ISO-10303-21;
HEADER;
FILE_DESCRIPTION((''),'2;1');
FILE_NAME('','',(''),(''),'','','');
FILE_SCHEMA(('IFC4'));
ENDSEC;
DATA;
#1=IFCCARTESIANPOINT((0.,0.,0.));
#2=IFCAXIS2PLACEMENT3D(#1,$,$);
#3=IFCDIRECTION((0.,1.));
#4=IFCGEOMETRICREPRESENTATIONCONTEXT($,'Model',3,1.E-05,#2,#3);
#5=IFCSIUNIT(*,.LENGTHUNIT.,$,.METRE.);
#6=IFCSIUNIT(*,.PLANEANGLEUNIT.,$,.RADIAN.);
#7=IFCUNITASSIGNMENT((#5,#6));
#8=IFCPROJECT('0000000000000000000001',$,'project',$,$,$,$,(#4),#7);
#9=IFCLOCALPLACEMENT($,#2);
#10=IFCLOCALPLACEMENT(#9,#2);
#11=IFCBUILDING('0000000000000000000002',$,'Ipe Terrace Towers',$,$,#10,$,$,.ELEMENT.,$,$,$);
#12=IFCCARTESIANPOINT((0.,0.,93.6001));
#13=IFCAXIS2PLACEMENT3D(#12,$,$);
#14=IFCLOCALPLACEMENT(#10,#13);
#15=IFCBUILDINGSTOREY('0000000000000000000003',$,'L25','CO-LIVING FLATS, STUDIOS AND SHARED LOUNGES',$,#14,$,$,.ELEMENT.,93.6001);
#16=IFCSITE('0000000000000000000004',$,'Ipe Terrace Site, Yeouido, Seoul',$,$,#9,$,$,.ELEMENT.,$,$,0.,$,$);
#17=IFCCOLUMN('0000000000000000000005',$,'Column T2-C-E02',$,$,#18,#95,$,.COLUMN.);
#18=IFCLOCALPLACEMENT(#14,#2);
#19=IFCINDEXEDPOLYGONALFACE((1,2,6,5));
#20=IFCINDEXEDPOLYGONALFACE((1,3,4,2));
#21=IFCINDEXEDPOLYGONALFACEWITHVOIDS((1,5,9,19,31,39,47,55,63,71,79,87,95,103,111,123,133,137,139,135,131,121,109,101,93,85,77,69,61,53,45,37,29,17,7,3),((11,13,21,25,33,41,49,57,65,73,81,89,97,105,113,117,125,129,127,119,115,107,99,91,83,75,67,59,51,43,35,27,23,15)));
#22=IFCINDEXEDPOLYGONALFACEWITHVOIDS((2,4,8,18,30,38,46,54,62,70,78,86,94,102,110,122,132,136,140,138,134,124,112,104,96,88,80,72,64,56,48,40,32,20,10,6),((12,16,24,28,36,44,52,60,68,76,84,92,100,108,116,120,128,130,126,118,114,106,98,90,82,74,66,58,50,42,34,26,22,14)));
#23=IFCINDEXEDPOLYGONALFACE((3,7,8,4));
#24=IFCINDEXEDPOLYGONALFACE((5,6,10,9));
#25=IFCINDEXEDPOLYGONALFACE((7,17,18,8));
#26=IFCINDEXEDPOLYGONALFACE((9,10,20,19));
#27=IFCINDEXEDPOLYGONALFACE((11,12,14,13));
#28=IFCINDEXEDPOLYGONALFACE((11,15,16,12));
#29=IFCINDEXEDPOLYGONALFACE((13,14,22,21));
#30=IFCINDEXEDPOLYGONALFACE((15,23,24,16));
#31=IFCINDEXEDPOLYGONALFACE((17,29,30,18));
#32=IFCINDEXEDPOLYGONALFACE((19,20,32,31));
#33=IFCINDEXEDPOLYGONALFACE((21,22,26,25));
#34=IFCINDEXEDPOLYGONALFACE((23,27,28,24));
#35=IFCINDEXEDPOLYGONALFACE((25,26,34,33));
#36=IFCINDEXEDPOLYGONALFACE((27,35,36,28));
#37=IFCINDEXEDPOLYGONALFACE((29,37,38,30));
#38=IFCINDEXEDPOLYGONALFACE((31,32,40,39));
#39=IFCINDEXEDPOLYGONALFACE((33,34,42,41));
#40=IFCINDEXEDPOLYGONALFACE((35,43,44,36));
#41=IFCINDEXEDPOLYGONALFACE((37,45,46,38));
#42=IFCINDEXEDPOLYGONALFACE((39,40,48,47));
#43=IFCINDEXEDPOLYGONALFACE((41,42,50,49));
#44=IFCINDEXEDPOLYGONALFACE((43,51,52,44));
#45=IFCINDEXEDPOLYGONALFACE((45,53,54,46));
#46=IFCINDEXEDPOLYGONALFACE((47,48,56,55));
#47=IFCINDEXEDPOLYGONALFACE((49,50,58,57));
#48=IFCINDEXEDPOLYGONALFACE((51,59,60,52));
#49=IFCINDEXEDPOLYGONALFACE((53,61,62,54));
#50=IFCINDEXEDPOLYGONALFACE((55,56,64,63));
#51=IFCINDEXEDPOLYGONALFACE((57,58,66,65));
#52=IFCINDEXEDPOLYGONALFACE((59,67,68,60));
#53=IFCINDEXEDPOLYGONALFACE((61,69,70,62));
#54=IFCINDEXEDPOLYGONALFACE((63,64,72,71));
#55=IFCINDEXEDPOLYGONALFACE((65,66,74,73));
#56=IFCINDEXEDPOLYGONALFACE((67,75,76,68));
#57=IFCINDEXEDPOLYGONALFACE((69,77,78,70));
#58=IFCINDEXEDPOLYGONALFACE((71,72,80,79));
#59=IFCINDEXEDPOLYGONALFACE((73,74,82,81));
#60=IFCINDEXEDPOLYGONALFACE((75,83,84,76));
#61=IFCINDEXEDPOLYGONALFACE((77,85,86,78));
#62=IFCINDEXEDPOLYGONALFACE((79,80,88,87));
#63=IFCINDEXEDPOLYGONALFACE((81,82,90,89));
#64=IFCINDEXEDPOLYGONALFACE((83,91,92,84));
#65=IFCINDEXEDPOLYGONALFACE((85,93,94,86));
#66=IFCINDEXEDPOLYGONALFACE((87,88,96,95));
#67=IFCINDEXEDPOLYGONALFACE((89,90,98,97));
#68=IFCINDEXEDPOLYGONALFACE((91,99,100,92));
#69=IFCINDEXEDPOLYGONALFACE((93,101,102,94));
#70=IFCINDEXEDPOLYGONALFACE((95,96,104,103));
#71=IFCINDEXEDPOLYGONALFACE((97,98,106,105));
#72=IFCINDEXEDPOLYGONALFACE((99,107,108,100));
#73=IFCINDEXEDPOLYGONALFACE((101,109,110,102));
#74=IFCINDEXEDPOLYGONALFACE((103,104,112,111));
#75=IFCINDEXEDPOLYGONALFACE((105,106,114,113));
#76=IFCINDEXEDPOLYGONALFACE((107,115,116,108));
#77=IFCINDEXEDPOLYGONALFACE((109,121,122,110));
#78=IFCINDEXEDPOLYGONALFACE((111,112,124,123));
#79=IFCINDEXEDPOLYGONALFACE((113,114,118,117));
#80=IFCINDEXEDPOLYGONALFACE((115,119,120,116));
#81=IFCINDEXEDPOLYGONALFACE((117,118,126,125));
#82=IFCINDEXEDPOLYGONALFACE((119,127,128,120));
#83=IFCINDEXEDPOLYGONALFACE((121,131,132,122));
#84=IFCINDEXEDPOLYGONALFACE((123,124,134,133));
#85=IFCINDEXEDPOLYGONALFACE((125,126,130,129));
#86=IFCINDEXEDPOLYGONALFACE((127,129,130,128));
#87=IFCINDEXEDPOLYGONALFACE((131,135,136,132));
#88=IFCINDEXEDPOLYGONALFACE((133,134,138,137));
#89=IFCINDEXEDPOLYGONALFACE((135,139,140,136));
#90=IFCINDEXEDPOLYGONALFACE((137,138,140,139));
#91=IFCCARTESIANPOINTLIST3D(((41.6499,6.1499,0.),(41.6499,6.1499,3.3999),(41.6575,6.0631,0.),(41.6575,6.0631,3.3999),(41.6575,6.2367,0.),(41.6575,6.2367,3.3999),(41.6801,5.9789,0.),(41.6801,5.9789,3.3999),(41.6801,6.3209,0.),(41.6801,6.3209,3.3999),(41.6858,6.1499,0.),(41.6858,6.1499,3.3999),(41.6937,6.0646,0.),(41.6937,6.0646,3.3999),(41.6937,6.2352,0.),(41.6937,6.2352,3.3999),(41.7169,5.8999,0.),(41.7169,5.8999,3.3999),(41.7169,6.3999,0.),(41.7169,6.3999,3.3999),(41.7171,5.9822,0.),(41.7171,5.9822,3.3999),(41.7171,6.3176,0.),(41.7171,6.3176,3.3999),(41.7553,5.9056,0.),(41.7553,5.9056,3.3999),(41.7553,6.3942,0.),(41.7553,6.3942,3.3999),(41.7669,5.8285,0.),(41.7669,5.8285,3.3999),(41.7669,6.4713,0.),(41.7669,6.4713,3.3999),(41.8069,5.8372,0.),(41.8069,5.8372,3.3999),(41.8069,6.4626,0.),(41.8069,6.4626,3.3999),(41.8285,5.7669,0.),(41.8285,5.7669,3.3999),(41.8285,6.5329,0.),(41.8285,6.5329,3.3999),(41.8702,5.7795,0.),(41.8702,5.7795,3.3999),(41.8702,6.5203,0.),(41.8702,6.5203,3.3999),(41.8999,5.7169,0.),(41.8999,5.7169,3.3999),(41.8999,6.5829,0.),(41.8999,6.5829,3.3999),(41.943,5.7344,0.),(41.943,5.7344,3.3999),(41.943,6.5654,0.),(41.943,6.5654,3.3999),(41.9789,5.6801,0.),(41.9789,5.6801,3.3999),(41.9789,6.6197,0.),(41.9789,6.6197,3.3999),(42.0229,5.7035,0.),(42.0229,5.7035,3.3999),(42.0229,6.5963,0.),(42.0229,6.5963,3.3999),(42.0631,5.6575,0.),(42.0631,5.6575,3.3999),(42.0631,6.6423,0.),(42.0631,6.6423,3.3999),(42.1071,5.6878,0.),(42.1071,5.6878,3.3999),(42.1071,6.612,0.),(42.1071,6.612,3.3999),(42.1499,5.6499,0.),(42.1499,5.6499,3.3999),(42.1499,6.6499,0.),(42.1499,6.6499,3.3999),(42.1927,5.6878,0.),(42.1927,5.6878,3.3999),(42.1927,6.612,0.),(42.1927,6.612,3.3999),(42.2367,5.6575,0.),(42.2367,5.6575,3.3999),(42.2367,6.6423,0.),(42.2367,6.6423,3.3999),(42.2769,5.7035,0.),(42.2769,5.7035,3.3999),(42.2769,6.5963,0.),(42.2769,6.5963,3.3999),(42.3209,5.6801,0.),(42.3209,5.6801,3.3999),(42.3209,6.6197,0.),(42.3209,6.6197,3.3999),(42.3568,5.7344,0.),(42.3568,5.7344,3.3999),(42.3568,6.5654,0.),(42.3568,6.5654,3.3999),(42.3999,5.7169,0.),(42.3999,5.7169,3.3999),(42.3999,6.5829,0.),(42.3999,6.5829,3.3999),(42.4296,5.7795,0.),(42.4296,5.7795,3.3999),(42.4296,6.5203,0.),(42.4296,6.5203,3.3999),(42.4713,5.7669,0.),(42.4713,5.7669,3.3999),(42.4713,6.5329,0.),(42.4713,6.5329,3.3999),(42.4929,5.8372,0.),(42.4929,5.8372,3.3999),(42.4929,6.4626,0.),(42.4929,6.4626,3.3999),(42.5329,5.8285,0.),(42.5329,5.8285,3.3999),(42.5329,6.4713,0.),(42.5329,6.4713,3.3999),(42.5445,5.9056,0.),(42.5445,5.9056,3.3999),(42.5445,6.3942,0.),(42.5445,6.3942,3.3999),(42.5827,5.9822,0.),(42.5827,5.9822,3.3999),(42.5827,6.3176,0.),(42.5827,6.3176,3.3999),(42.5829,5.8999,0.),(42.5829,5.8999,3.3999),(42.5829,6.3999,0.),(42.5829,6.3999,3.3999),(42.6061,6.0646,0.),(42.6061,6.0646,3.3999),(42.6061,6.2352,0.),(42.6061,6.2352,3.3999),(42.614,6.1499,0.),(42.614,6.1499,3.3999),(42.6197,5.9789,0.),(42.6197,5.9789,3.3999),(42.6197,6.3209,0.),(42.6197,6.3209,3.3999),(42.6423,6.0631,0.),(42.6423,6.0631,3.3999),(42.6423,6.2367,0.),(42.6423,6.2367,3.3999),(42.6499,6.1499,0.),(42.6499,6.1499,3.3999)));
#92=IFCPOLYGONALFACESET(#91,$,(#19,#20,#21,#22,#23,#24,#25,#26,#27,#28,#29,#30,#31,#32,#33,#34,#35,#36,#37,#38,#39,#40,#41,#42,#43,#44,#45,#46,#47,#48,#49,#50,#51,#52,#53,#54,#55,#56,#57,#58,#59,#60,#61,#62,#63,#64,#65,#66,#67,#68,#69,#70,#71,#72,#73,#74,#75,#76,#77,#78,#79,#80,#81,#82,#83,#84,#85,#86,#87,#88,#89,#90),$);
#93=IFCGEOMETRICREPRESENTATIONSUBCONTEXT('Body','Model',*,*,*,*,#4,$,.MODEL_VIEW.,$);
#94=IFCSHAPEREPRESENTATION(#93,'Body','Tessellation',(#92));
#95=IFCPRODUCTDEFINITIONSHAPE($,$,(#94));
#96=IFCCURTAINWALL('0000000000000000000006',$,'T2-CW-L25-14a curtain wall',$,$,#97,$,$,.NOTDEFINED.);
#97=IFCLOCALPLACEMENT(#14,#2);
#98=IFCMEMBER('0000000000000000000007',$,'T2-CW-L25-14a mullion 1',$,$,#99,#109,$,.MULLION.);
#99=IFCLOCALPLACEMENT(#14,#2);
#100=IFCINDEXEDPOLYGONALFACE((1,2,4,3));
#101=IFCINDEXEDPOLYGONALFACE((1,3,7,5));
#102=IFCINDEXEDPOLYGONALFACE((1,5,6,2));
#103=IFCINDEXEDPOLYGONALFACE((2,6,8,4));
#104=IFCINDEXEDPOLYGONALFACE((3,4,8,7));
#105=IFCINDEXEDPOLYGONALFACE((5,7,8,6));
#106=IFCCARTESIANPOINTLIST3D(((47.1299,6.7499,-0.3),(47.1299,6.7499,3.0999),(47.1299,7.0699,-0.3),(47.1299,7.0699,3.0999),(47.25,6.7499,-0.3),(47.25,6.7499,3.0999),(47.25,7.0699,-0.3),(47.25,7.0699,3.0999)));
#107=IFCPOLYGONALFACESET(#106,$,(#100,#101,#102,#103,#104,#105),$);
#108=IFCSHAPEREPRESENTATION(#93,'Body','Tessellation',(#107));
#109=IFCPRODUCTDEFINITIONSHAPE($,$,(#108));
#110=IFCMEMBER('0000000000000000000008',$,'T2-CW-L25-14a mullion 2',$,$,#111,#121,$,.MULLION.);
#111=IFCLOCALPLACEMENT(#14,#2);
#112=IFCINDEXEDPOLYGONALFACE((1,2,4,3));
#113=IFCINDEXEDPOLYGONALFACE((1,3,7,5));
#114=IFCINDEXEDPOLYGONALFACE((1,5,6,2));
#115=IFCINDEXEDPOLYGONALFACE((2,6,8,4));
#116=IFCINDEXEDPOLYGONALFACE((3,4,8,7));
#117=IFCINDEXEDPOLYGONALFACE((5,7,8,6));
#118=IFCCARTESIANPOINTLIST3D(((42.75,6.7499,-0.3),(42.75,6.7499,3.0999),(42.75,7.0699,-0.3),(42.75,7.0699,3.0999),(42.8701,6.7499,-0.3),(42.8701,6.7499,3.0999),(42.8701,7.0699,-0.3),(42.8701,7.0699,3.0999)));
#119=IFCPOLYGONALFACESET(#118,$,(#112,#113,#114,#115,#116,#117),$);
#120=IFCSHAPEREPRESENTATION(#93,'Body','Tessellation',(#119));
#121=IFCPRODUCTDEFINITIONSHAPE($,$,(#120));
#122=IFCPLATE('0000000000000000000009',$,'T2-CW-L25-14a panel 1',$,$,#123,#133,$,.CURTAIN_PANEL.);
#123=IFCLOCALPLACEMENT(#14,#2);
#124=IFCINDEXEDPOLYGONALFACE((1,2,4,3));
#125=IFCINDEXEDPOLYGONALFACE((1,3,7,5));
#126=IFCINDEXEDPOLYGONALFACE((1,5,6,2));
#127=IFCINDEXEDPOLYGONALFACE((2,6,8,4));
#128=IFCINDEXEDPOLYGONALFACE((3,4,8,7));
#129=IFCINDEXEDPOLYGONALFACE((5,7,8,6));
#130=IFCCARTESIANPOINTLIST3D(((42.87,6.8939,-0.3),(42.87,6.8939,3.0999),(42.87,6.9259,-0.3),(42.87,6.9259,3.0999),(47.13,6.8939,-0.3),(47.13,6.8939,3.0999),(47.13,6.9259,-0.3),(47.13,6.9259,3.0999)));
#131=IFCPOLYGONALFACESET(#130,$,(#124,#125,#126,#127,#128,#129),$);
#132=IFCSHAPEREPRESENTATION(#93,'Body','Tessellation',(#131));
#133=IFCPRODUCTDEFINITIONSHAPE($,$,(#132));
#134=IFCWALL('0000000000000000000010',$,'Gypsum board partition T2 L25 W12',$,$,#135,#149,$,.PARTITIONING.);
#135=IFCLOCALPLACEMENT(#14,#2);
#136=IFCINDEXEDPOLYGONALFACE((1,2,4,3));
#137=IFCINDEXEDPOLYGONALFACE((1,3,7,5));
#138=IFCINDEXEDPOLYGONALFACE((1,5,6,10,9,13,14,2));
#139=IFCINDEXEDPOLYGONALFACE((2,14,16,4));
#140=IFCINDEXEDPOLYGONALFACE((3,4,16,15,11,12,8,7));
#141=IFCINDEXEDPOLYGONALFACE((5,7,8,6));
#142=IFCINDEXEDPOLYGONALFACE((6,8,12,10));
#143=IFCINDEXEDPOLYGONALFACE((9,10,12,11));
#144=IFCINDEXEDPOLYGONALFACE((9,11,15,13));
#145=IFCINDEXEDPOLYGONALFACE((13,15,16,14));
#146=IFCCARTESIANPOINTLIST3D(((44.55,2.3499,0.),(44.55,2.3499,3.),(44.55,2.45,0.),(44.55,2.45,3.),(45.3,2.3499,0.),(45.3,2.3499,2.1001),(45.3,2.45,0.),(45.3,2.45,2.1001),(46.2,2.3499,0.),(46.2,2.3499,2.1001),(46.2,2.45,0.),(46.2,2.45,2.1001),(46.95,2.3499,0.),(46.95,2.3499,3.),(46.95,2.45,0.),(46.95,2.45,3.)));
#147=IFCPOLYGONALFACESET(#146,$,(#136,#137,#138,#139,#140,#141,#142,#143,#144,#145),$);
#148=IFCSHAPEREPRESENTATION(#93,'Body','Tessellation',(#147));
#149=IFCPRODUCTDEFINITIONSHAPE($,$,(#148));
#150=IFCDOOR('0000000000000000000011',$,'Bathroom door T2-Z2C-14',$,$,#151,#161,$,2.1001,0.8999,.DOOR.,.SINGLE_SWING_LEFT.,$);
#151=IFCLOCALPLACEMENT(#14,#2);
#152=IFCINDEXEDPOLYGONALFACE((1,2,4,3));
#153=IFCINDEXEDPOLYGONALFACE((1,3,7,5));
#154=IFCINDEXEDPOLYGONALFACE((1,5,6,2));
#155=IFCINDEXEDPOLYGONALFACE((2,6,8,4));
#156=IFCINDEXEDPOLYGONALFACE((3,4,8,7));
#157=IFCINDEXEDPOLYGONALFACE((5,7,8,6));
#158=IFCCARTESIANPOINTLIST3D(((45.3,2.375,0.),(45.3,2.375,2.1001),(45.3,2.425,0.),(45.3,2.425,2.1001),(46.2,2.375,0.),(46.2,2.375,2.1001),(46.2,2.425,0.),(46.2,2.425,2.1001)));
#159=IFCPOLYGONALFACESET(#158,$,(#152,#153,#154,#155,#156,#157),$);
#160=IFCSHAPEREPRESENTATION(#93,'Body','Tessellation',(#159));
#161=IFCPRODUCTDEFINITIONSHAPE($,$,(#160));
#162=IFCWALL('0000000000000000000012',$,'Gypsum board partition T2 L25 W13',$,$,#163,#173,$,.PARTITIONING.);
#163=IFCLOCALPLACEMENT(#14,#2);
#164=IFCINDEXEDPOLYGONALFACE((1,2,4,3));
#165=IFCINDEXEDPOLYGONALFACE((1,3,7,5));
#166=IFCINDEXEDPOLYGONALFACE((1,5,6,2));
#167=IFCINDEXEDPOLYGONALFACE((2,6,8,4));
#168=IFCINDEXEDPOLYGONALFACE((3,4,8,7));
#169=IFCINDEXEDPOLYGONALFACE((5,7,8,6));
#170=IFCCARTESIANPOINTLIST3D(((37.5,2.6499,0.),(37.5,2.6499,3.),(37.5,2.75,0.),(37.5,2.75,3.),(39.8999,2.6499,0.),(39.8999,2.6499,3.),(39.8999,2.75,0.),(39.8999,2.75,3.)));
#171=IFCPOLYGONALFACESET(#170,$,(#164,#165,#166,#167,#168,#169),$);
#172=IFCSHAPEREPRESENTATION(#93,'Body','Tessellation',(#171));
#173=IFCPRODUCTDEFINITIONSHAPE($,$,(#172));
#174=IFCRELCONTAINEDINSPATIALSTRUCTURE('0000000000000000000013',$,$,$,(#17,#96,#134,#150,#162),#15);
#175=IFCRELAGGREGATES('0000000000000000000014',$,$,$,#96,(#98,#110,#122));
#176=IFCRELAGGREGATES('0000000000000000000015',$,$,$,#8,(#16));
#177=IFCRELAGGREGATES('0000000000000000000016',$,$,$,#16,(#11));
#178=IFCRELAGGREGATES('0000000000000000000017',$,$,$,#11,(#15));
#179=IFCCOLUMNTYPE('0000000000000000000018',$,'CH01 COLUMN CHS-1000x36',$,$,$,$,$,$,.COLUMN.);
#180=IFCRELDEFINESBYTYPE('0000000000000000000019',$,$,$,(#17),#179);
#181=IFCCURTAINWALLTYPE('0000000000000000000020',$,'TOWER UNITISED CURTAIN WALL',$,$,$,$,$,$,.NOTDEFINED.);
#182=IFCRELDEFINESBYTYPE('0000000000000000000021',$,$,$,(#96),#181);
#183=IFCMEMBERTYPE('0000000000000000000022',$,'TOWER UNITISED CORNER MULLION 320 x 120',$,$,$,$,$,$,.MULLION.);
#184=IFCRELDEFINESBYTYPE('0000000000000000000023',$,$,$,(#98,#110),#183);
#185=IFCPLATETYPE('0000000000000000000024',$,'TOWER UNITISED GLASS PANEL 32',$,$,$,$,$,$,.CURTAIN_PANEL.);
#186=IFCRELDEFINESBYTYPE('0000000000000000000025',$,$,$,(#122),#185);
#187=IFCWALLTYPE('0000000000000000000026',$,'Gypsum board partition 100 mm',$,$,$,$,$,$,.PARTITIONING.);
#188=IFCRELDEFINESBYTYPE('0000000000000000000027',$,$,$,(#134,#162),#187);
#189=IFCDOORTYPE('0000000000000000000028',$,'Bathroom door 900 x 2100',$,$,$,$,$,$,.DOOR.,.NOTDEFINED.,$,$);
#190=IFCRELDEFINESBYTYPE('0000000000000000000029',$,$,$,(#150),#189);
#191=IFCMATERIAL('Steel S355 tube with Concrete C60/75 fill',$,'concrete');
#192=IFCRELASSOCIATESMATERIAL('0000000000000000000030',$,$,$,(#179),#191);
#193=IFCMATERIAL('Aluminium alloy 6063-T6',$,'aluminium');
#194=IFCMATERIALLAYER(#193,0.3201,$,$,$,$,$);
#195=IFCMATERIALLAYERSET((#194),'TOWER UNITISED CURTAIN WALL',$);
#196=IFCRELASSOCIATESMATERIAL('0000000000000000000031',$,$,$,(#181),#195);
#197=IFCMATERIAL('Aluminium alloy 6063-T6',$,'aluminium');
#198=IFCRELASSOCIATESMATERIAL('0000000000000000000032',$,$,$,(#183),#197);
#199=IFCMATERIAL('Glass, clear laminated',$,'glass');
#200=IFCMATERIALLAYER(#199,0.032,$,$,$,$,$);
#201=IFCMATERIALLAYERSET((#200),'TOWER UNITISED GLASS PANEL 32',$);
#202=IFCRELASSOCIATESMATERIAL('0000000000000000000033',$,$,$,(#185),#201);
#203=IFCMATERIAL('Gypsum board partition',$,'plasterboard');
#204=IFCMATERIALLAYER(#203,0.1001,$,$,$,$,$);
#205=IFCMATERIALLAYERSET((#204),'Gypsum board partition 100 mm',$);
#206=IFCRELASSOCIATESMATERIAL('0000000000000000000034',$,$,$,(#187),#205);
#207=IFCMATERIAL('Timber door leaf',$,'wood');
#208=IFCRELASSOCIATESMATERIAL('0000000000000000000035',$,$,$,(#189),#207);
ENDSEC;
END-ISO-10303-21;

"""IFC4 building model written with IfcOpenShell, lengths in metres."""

from ifc_helpers import new_model, si_unit, direction, frame, frame_2d, origin, origin_2d, place, context, subcontext, project, spatial, rectangle, hollow_circle, extrude, material, layer, layer_set, material_profile, profile_set, type_object, element, fill, aggregate, save


model = new_model("IFC4")

# Units and contexts
model_context = context("Model", 3, precision=1e-05, world=origin(), true_north=direction((0.0, 1.0)))
body_context = subcontext(model_context, "Body", "Model", "MODEL_VIEW")
ifc_project = project(units=[si_unit("LENGTHUNIT", "METRE"), si_unit("PLANEANGLEUNIT", "RADIAN")], contexts=[model_context])

# Site, building, storey
site_placement = place(None, origin())
site = spatial("IfcSite", under=ifc_project, at=site_placement, Name="Ipe Terrace Site, Yeouido, Seoul", CompositionType="ELEMENT", RefElevation=0.0)
building_placement = place(site_placement, origin())
building = spatial("IfcBuilding", under=site, at=building_placement, Name="Ipe Terrace Towers", CompositionType="ELEMENT")
storey_placement = place(building_placement, frame((0.0, 0.0, 93.6001)))
storey = spatial("IfcBuildingStorey", under=building, at=storey_placement, Name="L25", Description="CO-LIVING FLATS, STUDIOS AND SHARED LOUNGES", CompositionType="ELEMENT", Elevation=93.6001)

# Column
ifc_material_1 = material(Name="Steel S355 tube with Concrete C60/75 fill", Category="concrete")
ifc_material_profile_1 = material_profile(ifc_material_1, hollow_circle(Radius=0.5, WallThickness=0.0359, at=origin_2d()), Name="CHS-1000x36")
ifc_profile_set_1 = profile_set([ifc_material_profile_1], Name="Steel S355 tube with Concrete C60/75 fill")
column_type = type_object("IfcColumnType", Name="CH01 COLUMN CHS-1000x36", PredefinedType="COLUMN", material=ifc_profile_set_1)
column_placement = place(storey_placement, frame((42.1499, 6.1499, 0.0), z_axis=(0.0, 0.0, 1.0), x_axis=(1.0, 0.0, 0.0)))
element("IfcColumn", 1, at=column_placement, inside=storey, type_object=column_type, Name="Column T2-C-E02", PredefinedType="COLUMN", context=body_context, shape_type="SweptSolid", body=[
    extrude(hollow_circle(Radius=0.5, WallThickness=0.0359, at=origin_2d()), origin(), (0.0, 0.0, 1.0), 3.3999),
])

# Curtain wall, members, plate
ifc_material_2 = material(Name="Aluminium alloy 6063-T6", Category="aluminium")
ifc_layer_1 = layer(ifc_material_2, 0.3201)
ifc_layer_set_1 = layer_set([ifc_layer_1], Name="TOWER UNITISED CURTAIN WALL")
curtain_wall_type = type_object("IfcCurtainWallType", Name="TOWER UNITISED CURTAIN WALL", PredefinedType="NOTDEFINED", material=ifc_layer_set_1)
curtain_wall_placement = place(storey_placement, origin())
curtain_wall = element("IfcCurtainWall", 2, at=curtain_wall_placement, inside=storey, type_object=curtain_wall_type, Name="T2-CW-L25-14a curtain wall", PredefinedType="NOTDEFINED")
ifc_material_3 = material(Name="Aluminium alloy 6063-T6", Category="aluminium")
ifc_material_profile_2 = material_profile(ifc_material_3, rectangle(XDim=0.3201, YDim=0.1201, at=origin_2d()), Name="TOWER UNITISED CORNER MULLION 320 x 120")
ifc_profile_set_2 = profile_set([ifc_material_profile_2], Name="Aluminium alloy 6063-T6")
member_type = type_object("IfcMemberType", Name="TOWER UNITISED CORNER MULLION 320 x 120", PredefinedType="MULLION", material=ifc_profile_set_2)
member_1_placement = place(storey_placement, frame((47.1899, 6.9099, -0.3), z_axis=(0.0, 0.0, 1.0), x_axis=(0.0, 1.0, 0.0)))
member_1 = element("IfcMember", 3, at=member_1_placement, type_object=member_type, Name="T2-CW-L25-14a mullion 1", PredefinedType="MULLION", context=body_context, shape_type="SweptSolid", body=[
    extrude(rectangle(XDim=0.3201, YDim=0.1201, at=origin_2d()), origin(), (0.0, 0.0, 1.0), 3.3999),
])
member_2_placement = place(storey_placement, frame((42.8101, 6.9099, -0.3), z_axis=(0.0, 0.0, 1.0), x_axis=(0.0, 1.0, 0.0)))
member_2 = element("IfcMember", 4, at=member_2_placement, type_object=member_type, Name="T2-CW-L25-14a mullion 2", PredefinedType="MULLION", context=body_context, shape_type="SweptSolid", body=[
    extrude(rectangle(XDim=0.3201, YDim=0.1201, at=origin_2d()), origin(), (0.0, 0.0, 1.0), 3.3999),
])
ifc_material_4 = material(Name="Glass, clear laminated", Category="glass")
ifc_layer_2 = layer(ifc_material_4, 0.032)
ifc_layer_set_2 = layer_set([ifc_layer_2], Name="TOWER UNITISED GLASS PANEL 32")
plate_type = type_object("IfcPlateType", Name="TOWER UNITISED GLASS PANEL 32", PredefinedType="CURTAIN_PANEL", material=ifc_layer_set_2)
plate_placement = place(storey_placement, frame((45.0, 6.9099, -0.3), z_axis=(0.0, 0.0, 1.0), x_axis=(-1.0, 0.0, 0.0)))
plate = element("IfcPlate", 5, at=plate_placement, type_object=plate_type, Name="T2-CW-L25-14a panel 1", PredefinedType="CURTAIN_PANEL", context=body_context, shape_type="SweptSolid", body=[
    extrude(rectangle(XDim=4.26, YDim=0.032, at=origin_2d()), origin(), (0.0, 0.0, 1.0), 3.3999),
])
aggregate(curtain_wall, [member_1, member_2, plate])

# Wall, opening, door
ifc_material_5 = material(Name="Gypsum board partition", Category="plasterboard")
ifc_layer_3 = layer(ifc_material_5, 0.1001)
ifc_layer_set_3 = layer_set([ifc_layer_3], Name="Gypsum board partition 100 mm")
wall_type_1 = type_object("IfcWallType", Name="Gypsum board partition 100 mm", PredefinedType="PARTITIONING", material=ifc_layer_set_3)
wall_1_placement = place(storey_placement, frame((46.95, 2.3999, 0.0), z_axis=(0.0, 0.0, 1.0), x_axis=(-1.0, 0.0, 0.0)))
wall_1 = element("IfcWall", 6, at=wall_1_placement, inside=storey, type_object=wall_type_1, Name="Gypsum board partition T2 L25 W12", PredefinedType="PARTITIONING", context=body_context, shape_type="SweptSolid", body=[
    extrude(rectangle(XDim=2.3999, YDim=0.1001, at=frame_2d((1.2, 0.0))), origin(), (0.0, 0.0, 1.0), 3.0),
])
opening_1_placement = place(wall_1_placement, frame((0.75, 0.0, 0.0)))
opening_1 = element("IfcOpeningElement", 7, at=opening_1_placement, cuts=wall_1, PredefinedType="OPENING", context=body_context, shape_type="SweptSolid", body=[
    extrude(rectangle(XDim=0.8999, YDim=2.1001, at=frame_2d((0.45, 1.05))), frame((0.0, 0.0601, 0.0), z_axis=(0.0, -1.0, 0.0), x_axis=(1.0, 0.0, 0.0)), (0.0, 0.0, 1.0), 0.1201),
])
ifc_material_6 = material(Name="Timber door leaf", Category="wood")
door_type_1 = type_object("IfcDoorType", Name="Bathroom door 900 x 2100", OperationType="NOTDEFINED", PredefinedType="DOOR", material=ifc_material_6)
door_1_placement = place(opening_1_placement, origin())
door_1 = element("IfcDoor", 8, at=door_1_placement, inside=storey, type_object=door_type_1, Name="Bathroom door T2-Z2C-14", OperationType="SINGLE_SWING_LEFT", OverallHeight=2.1001, OverallWidth=0.8999, PredefinedType="DOOR", context=body_context, shape_type="SweptSolid", body=[
    extrude(rectangle(XDim=0.8999, YDim=2.1001, at=frame_2d((0.45, 1.05))), frame((0.0, 0.0249, 0.0), z_axis=(0.0, -1.0, 0.0), x_axis=(1.0, 0.0, 0.0)), (0.0, 0.0, 1.0), 0.05),
])
fill(opening_1, door_1)

# Wall
wall_2_placement = place(storey_placement, frame((39.8999, 2.7, 0.0), z_axis=(0.0, 0.0, 1.0), x_axis=(-1.0, 0.0, 0.0)))
element("IfcWall", 9, at=wall_2_placement, inside=storey, type_object=wall_type_1, Name="Gypsum board partition T2 L25 W13", PredefinedType="PARTITIONING", context=body_context, shape_type="SweptSolid", body=[
    extrude(rectangle(XDim=2.3999, YDim=0.1001, at=frame_2d((1.2, 0.0))), origin(), (0.0, 0.0, 1.0), 3.0),
])

save(model, "model.ifc")
